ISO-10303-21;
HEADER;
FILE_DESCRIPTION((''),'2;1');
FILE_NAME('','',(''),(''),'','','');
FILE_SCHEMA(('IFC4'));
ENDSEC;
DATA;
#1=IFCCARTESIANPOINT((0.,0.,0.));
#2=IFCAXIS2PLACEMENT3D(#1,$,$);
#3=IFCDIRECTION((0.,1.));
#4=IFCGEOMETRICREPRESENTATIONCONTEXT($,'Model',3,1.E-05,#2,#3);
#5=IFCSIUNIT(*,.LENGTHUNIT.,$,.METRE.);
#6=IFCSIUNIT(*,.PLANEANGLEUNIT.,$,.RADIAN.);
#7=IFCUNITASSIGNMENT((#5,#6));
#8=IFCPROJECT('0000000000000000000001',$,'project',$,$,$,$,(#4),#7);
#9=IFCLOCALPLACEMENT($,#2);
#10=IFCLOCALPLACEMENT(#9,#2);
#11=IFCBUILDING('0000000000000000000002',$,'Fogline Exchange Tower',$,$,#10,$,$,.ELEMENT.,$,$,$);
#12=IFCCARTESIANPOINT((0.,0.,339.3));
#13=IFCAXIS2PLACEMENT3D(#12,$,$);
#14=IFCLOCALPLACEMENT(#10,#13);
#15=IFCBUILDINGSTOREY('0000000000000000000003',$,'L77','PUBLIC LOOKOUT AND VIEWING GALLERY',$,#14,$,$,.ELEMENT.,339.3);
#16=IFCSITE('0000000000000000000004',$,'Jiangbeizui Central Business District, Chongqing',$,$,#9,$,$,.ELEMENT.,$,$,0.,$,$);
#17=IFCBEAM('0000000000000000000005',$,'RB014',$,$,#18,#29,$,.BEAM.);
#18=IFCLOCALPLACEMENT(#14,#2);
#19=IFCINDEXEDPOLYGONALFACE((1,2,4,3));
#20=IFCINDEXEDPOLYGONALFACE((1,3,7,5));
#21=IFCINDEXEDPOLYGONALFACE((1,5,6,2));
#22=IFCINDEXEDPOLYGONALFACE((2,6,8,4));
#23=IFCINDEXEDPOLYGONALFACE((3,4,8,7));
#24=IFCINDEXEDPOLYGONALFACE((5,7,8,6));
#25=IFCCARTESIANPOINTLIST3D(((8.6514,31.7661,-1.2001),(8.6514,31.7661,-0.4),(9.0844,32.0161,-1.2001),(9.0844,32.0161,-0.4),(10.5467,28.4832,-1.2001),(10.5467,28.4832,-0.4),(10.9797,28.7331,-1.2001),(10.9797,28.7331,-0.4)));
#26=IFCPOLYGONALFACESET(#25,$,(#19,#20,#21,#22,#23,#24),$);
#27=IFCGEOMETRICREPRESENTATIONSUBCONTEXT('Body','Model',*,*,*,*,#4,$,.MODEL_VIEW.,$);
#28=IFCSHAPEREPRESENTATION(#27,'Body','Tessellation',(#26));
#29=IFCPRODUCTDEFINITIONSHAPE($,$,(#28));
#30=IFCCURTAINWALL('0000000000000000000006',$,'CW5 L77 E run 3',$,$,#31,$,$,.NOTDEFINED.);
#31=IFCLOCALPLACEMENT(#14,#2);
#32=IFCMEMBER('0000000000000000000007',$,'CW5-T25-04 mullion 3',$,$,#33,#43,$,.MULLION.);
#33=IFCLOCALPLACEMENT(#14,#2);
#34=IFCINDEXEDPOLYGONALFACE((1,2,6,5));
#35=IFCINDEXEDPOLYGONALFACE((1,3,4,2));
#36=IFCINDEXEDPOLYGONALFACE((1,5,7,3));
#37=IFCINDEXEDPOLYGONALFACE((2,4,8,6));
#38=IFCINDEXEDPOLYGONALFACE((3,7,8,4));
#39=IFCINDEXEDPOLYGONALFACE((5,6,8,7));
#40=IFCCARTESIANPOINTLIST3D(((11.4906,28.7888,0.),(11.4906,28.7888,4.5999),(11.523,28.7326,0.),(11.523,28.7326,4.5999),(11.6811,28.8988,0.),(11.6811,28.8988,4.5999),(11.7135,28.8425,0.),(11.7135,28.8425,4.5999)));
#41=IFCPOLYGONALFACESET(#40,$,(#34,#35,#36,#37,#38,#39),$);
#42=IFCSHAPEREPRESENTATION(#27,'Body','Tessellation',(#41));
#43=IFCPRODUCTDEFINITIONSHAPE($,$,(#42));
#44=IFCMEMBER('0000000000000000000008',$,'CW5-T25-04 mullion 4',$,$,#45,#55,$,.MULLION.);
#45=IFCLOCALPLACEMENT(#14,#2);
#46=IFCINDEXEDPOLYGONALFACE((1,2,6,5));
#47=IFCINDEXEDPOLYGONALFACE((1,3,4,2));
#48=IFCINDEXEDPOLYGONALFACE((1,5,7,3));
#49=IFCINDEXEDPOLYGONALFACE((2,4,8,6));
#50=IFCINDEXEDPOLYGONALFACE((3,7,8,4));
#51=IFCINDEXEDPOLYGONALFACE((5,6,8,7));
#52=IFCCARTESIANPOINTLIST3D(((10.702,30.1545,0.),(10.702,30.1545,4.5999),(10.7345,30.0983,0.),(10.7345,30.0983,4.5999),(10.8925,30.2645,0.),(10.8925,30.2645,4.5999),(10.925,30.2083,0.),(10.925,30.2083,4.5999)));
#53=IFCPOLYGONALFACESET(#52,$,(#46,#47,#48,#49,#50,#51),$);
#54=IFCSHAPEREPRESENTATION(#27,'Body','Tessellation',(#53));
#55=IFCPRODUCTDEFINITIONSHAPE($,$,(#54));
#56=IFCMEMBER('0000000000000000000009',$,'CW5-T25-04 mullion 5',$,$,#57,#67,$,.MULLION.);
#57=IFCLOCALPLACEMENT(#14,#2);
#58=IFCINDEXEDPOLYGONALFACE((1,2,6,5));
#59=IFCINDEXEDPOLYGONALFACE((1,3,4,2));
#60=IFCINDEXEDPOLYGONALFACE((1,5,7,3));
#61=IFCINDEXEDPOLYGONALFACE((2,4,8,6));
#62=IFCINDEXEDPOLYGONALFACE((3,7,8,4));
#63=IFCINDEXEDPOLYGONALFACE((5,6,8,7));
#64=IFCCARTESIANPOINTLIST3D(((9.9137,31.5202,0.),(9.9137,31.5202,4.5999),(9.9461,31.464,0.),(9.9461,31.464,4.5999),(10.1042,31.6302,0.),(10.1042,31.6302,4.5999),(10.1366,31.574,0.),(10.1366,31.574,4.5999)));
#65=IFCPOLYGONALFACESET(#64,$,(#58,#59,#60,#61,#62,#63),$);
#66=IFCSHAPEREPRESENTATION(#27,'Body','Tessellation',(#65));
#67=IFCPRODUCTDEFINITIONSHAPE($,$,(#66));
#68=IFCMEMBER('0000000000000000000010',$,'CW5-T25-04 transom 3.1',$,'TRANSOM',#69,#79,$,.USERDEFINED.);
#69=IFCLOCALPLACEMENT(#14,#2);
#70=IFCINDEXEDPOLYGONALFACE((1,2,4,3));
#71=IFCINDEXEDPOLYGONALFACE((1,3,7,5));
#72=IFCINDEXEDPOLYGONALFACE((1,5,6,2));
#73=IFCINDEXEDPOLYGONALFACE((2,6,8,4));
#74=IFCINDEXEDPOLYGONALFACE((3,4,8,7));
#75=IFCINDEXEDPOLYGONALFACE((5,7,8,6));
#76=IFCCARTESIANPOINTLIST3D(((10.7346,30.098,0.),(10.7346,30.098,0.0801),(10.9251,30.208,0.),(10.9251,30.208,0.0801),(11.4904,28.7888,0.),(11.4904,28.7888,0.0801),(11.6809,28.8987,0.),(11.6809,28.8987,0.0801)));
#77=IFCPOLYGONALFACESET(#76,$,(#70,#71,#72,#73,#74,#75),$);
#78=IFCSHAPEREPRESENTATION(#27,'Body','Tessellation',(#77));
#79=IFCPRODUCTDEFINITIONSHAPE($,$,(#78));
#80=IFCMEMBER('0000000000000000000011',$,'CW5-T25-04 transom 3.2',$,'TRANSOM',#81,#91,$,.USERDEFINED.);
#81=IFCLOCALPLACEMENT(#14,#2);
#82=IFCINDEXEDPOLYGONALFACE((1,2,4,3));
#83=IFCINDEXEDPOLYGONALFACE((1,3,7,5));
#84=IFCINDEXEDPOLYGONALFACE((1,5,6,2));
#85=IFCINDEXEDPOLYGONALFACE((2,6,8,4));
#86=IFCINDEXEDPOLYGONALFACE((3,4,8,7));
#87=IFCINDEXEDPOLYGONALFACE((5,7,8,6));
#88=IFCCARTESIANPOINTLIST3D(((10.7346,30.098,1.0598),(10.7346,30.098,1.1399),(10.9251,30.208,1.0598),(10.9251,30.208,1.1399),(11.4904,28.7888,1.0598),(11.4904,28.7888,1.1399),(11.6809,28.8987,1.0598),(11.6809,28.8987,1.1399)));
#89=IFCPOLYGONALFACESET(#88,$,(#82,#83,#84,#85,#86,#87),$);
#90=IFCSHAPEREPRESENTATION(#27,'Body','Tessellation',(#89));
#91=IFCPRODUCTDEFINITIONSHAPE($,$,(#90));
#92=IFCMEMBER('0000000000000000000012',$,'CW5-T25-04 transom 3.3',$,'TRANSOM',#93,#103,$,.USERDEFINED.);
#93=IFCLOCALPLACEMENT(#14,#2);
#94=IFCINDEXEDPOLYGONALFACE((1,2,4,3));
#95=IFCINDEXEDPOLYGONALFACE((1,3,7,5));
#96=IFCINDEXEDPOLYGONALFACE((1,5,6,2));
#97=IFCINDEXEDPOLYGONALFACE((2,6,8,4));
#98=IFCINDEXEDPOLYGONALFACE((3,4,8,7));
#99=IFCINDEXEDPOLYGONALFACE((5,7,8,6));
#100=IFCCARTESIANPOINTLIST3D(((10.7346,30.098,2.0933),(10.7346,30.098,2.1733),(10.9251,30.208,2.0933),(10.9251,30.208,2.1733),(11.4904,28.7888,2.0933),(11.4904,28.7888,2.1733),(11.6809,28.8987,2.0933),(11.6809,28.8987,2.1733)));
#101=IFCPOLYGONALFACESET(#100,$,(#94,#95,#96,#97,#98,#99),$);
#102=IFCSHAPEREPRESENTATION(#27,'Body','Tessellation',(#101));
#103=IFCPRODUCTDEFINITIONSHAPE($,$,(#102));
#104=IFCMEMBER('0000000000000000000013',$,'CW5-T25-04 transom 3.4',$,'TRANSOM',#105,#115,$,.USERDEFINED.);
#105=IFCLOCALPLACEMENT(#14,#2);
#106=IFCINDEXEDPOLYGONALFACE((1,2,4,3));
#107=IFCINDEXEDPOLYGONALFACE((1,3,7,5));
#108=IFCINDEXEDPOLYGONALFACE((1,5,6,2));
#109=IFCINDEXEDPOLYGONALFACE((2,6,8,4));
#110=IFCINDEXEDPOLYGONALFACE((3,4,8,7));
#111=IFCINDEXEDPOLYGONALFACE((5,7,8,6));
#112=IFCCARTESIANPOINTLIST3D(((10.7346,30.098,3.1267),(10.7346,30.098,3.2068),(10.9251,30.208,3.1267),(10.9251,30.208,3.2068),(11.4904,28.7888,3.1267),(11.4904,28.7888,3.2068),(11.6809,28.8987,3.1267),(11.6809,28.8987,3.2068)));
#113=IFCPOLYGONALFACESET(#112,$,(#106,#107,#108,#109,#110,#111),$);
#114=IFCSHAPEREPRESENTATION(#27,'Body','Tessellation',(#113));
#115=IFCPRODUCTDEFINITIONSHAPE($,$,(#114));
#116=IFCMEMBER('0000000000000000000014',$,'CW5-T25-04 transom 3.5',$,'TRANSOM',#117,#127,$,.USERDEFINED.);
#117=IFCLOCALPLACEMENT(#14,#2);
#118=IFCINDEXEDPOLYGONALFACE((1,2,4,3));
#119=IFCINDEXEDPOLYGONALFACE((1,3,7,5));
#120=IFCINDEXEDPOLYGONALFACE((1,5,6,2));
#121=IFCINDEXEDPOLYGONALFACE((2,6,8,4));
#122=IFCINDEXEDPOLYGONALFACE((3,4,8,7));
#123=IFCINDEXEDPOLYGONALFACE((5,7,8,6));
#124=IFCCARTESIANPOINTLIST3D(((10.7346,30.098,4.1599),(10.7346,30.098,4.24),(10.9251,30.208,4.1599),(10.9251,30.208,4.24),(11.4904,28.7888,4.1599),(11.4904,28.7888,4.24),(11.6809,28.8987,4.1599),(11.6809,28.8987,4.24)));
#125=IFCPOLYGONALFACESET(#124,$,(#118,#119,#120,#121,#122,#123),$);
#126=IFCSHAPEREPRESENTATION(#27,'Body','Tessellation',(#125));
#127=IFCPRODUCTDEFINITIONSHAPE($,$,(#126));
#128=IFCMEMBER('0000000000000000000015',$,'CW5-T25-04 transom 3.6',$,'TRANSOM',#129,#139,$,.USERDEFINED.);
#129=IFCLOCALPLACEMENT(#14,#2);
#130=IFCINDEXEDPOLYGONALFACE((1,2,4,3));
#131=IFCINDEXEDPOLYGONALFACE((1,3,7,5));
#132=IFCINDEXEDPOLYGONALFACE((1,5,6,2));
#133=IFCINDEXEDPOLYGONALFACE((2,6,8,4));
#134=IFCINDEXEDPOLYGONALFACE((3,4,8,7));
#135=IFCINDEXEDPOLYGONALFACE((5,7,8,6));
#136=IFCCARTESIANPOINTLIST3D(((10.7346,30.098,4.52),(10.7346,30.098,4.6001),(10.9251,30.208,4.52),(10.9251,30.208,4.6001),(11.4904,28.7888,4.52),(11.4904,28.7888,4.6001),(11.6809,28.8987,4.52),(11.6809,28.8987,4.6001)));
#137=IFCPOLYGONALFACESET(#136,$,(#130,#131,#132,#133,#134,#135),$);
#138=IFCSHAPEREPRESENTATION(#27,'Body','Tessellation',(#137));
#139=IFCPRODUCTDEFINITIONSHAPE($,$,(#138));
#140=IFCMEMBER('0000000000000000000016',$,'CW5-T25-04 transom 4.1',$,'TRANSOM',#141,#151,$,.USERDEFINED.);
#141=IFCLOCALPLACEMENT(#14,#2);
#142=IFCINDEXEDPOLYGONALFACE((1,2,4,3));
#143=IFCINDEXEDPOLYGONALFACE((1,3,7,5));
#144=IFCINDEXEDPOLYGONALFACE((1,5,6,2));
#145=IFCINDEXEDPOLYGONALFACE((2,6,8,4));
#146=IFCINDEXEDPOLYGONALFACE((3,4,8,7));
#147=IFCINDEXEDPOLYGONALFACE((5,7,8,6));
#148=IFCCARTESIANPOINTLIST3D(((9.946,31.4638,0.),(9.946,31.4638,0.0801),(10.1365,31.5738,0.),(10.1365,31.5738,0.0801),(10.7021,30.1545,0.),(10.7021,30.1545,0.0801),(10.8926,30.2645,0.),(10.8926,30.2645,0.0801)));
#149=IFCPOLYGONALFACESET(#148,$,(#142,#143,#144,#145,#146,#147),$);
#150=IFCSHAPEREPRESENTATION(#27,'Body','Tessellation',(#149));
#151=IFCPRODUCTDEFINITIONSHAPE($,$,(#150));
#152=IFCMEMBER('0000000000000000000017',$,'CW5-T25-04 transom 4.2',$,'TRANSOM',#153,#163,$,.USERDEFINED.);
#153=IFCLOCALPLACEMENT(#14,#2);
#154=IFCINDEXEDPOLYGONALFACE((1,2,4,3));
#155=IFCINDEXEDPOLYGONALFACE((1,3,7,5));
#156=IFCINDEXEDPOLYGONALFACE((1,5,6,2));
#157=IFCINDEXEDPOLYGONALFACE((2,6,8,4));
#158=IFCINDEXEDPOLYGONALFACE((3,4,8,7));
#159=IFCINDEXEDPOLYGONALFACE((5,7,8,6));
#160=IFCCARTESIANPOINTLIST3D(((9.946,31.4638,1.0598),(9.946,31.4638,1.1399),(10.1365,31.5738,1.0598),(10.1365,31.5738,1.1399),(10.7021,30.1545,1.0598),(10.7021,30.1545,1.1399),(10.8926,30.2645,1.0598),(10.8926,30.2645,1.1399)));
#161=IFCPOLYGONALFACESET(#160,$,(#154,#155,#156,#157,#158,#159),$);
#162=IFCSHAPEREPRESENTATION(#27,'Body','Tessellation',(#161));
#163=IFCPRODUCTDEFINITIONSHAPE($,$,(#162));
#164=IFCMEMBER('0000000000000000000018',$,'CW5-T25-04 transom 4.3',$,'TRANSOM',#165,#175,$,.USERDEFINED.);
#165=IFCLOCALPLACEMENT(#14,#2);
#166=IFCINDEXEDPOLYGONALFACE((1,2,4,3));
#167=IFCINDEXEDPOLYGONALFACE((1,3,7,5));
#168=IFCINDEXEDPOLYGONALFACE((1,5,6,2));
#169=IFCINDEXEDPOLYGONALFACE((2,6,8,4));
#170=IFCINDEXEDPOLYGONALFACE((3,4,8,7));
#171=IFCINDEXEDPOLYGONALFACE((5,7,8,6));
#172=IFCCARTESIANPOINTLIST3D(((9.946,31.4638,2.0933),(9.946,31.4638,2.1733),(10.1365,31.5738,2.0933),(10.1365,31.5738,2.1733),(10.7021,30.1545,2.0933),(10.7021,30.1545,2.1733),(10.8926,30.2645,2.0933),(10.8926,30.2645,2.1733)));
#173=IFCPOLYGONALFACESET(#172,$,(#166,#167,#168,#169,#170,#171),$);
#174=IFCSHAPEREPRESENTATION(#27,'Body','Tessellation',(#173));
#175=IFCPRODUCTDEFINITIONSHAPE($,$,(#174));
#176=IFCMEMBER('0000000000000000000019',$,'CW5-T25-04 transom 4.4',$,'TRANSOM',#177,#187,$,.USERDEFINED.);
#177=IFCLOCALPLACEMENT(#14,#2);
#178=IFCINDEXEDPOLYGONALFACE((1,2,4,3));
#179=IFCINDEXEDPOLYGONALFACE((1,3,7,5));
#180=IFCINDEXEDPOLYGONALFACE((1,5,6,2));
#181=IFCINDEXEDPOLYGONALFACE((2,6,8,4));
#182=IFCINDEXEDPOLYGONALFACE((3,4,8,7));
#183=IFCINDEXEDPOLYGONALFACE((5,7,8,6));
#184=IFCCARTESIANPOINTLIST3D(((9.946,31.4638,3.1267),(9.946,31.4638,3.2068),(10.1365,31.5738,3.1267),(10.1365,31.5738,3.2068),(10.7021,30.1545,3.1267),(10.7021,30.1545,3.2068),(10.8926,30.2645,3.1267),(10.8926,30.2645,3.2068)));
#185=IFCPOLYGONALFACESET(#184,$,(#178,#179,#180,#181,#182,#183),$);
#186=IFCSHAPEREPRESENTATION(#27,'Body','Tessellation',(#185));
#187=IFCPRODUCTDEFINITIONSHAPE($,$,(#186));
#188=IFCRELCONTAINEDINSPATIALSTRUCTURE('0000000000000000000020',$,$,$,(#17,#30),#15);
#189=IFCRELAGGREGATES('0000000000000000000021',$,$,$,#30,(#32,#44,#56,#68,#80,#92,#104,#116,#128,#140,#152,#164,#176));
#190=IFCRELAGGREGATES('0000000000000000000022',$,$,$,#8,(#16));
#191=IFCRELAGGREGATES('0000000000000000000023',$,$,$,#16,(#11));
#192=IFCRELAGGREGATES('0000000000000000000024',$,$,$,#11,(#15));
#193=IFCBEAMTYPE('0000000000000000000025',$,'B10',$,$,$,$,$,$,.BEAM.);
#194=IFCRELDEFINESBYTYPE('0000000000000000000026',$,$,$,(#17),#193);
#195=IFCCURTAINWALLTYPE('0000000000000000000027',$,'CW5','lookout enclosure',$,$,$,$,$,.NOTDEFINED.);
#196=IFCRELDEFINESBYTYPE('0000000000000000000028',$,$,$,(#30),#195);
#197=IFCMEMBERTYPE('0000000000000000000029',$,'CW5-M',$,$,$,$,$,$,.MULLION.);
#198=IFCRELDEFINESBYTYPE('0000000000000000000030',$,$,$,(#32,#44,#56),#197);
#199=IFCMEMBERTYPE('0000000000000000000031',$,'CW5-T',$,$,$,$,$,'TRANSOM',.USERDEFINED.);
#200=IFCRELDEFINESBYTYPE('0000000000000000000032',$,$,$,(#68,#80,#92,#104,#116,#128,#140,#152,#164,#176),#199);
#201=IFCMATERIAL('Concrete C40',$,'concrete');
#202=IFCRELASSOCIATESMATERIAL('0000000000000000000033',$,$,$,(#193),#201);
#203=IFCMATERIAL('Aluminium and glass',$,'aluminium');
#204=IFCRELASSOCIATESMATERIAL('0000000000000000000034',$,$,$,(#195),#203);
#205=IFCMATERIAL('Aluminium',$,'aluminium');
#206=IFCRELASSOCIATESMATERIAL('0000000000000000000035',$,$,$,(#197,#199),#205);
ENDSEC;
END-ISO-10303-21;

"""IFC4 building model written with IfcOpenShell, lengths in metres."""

from ifc_helpers import new_model, si_unit, direction, frame, origin, origin_2d, place, context, subcontext, project, spatial, rectangle, extrude, material, material_profile, profile_set, type_object, element, aggregate, save


model = new_model("IFC4")

# Units and contexts
model_context = context("Model", 3, precision=1e-05, world=origin(), true_north=direction((0.0, 1.0)))
body_context = subcontext(model_context, "Body", "Model", "MODEL_VIEW")
ifc_project = project(units=[si_unit("LENGTHUNIT", "METRE"), si_unit("PLANEANGLEUNIT", "RADIAN")], contexts=[model_context])

# Site, building, storey
site_placement = place(None, origin())
site = spatial("IfcSite", under=ifc_project, at=site_placement, Name="Jiangbeizui Central Business District, Chongqing", CompositionType="ELEMENT", RefElevation=0.0)
building_placement = place(site_placement, origin())
building = spatial("IfcBuilding", under=site, at=building_placement, Name="Fogline Exchange Tower", CompositionType="ELEMENT")
storey_placement = place(building_placement, frame((0.0, 0.0, 339.3)))
storey = spatial("IfcBuildingStorey", under=building, at=storey_placement, Name="L77", Description="PUBLIC LOOKOUT AND VIEWING GALLERY", CompositionType="ELEMENT", Elevation=339.3)

# Beam
ifc_material_1 = material(Name="Concrete C40", Category="concrete")
ifc_material_profile_1 = material_profile(ifc_material_1, rectangle(XDim=0.5, YDim=0.8, at=origin_2d()), Name="RC 500x800")
ifc_profile_set_1 = profile_set([ifc_material_profile_1], Name="Concrete C40")
beam_type = type_object("IfcBeamType", Name="B10", PredefinedType="BEAM", material=ifc_profile_set_1)
beam_placement = place(storey_placement, frame((10.7632, 28.6082, -0.8), z_axis=(-0.49997, 0.866043, 0.0), x_axis=(-0.866043, -0.49997, 0.0)))
element("IfcBeam", 1, at=beam_placement, inside=storey, type_object=beam_type, Name="RB014", PredefinedType="BEAM", context=body_context, shape_type="SweptSolid", body=[
    extrude(rectangle(XDim=0.5, YDim=0.8, at=origin_2d()), origin(), (0.0, 0.0, 1.0), 3.7908),
])

# Curtain wall, members
ifc_material_2 = material(Name="Aluminium and glass", Category="aluminium")
curtain_wall_type = type_object("IfcCurtainWallType", Name="CW5", Description="lookout enclosure", PredefinedType="NOTDEFINED", material=ifc_material_2)
curtain_wall_placement = place(storey_placement, origin())
curtain_wall = element("IfcCurtainWall", 2, at=curtain_wall_placement, inside=storey, type_object=curtain_wall_type, Name="CW5 L77 E run 3", PredefinedType="NOTDEFINED")
ifc_material_3 = material(Name="Aluminium", Category="aluminium")
ifc_material_profile_2 = material_profile(ifc_material_3, rectangle(XDim=0.22, YDim=0.0649, at=origin_2d()), Name="Mullion 65x220")
ifc_profile_set_2 = profile_set([ifc_material_profile_2], Name="Aluminium")
member_type_1 = type_object("IfcMemberType", Name="CW5-M", PredefinedType="MULLION", material=ifc_profile_set_2)
member_1_placement = place(storey_placement, frame((11.6021, 28.8157, 0.0), z_axis=(0.0, 0.0, 1.0), x_axis=(-0.866025, -0.5, 0.0)))
member_1 = element("IfcMember", 3, at=member_1_placement, type_object=member_type_1, Name="CW5-T25-04 mullion 3", PredefinedType="MULLION", context=body_context, shape_type="SweptSolid", body=[
    extrude(rectangle(XDim=0.22, YDim=0.0649, at=origin_2d()), origin(), (0.0, 0.0, 1.0), 4.5999),
])
member_2_placement = place(storey_placement, frame((10.8135, 30.1814, 0.0), z_axis=(0.0, 0.0, 1.0), x_axis=(-0.866025, -0.5, 0.0)))
member_2 = element("IfcMember", 4, at=member_2_placement, type_object=member_type_1, Name="CW5-T25-04 mullion 4", PredefinedType="MULLION", context=body_context, shape_type="SweptSolid", body=[
    extrude(rectangle(XDim=0.22, YDim=0.0649, at=origin_2d()), origin(), (0.0, 0.0, 1.0), 4.5999),
])
member_3_placement = place(storey_placement, frame((10.0251, 31.5471, 0.0), z_axis=(0.0, 0.0, 1.0), x_axis=(-0.866025, -0.5, 0.0)))
member_3 = element("IfcMember", 5, at=member_3_placement, type_object=member_type_1, Name="CW5-T25-04 mullion 5", PredefinedType="MULLION", context=body_context, shape_type="SweptSolid", body=[
    extrude(rectangle(XDim=0.22, YDim=0.0649, at=origin_2d()), origin(), (0.0, 0.0, 1.0), 4.5999),
])
ifc_material_profile_3 = material_profile(ifc_material_3, rectangle(XDim=0.22, YDim=0.0801, at=origin_2d()), Name="Transom 80x220")
ifc_profile_set_3 = profile_set([ifc_material_profile_3], Name="Aluminium")
member_type_2 = type_object("IfcMemberType", Name="CW5-T", ElementType="TRANSOM", PredefinedType="USERDEFINED", material=ifc_profile_set_3)
member_4_placement = place(storey_placement, frame((11.5857, 28.8438, 0.04), z_axis=(-0.49996, 0.866048, 0.0), x_axis=(-0.866048, -0.49996, 0.0)))
member_4 = element("IfcMember", 6, at=member_4_placement, type_object=member_type_2, Name="CW5-T25-04 transom 3.1", ObjectType="TRANSOM", PredefinedType="USERDEFINED", context=body_context, shape_type="SweptSolid", body=[
    extrude(rectangle(XDim=0.22, YDim=0.0801, at=origin_2d()), origin(), (0.0, 0.0, 1.0), 1.5117),
])
member_5_placement = place(storey_placement, frame((11.5857, 28.8438, 1.0999), z_axis=(-0.49996, 0.866048, 0.0), x_axis=(-0.866048, -0.49996, 0.0)))
member_5 = element("IfcMember", 7, at=member_5_placement, type_object=member_type_2, Name="CW5-T25-04 transom 3.2", ObjectType="TRANSOM", PredefinedType="USERDEFINED", context=body_context, shape_type="SweptSolid", body=[
    extrude(rectangle(XDim=0.22, YDim=0.0801, at=origin_2d()), origin(), (0.0, 0.0, 1.0), 1.5117),
])
member_6_placement = place(storey_placement, frame((11.5857, 28.8438, 2.1333), z_axis=(-0.49996, 0.866048, 0.0), x_axis=(-0.866048, -0.49996, 0.0)))
member_6 = element("IfcMember", 8, at=member_6_placement, type_object=member_type_2, Name="CW5-T25-04 transom 3.3", ObjectType="TRANSOM", PredefinedType="USERDEFINED", context=body_context, shape_type="SweptSolid", body=[
    extrude(rectangle(XDim=0.22, YDim=0.0801, at=origin_2d()), origin(), (0.0, 0.0, 1.0), 1.5117),
])
member_7_placement = place(storey_placement, frame((11.5857, 28.8438, 3.1667), z_axis=(-0.49996, 0.866048, 0.0), x_axis=(-0.866048, -0.49996, 0.0)))
member_7 = element("IfcMember", 9, at=member_7_placement, type_object=member_type_2, Name="CW5-T25-04 transom 3.4", ObjectType="TRANSOM", PredefinedType="USERDEFINED", context=body_context, shape_type="SweptSolid", body=[
    extrude(rectangle(XDim=0.22, YDim=0.0801, at=origin_2d()), origin(), (0.0, 0.0, 1.0), 1.5117),
])
member_8_placement = place(storey_placement, frame((11.5857, 28.8438, 4.2), z_axis=(-0.49996, 0.866048, 0.0), x_axis=(-0.866048, -0.49996, 0.0)))
member_8 = element("IfcMember", 10, at=member_8_placement, type_object=member_type_2, Name="CW5-T25-04 transom 3.5", ObjectType="TRANSOM", PredefinedType="USERDEFINED", context=body_context, shape_type="SweptSolid", body=[
    extrude(rectangle(XDim=0.22, YDim=0.0801, at=origin_2d()), origin(), (0.0, 0.0, 1.0), 1.5117),
])
member_9_placement = place(storey_placement, frame((11.5857, 28.8438, 4.5601), z_axis=(-0.49996, 0.866048, 0.0), x_axis=(-0.866048, -0.49996, 0.0)))
member_9 = element("IfcMember", 11, at=member_9_placement, type_object=member_type_2, Name="CW5-T25-04 transom 3.6", ObjectType="TRANSOM", PredefinedType="USERDEFINED", context=body_context, shape_type="SweptSolid", body=[
    extrude(rectangle(XDim=0.22, YDim=0.0801, at=origin_2d()), origin(), (0.0, 0.0, 1.0), 1.5117),
])
member_10_placement = place(storey_placement, frame((10.7974, 30.2095, 0.04), z_axis=(-0.500081, 0.865979, 0.0), x_axis=(-0.865979, -0.500081, 0.0)))
member_10 = element("IfcMember", 12, at=member_10_placement, type_object=member_type_2, Name="CW5-T25-04 transom 4.1", ObjectType="TRANSOM", PredefinedType="USERDEFINED", context=body_context, shape_type="SweptSolid", body=[
    extrude(rectangle(XDim=0.22, YDim=0.0801, at=origin_2d()), origin(), (0.0, 0.0, 1.0), 1.512),
])
member_11_placement = place(storey_placement, frame((10.7974, 30.2095, 1.0999), z_axis=(-0.500081, 0.865979, 0.0), x_axis=(-0.865979, -0.500081, 0.0)))
member_11 = element("IfcMember", 13, at=member_11_placement, type_object=member_type_2, Name="CW5-T25-04 transom 4.2", ObjectType="TRANSOM", PredefinedType="USERDEFINED", context=body_context, shape_type="SweptSolid", body=[
    extrude(rectangle(XDim=0.22, YDim=0.0801, at=origin_2d()), origin(), (0.0, 0.0, 1.0), 1.512),
])
member_12_placement = place(storey_placement, frame((10.7974, 30.2095, 2.1333), z_axis=(-0.500081, 0.865979, 0.0), x_axis=(-0.865979, -0.500081, 0.0)))
member_12 = element("IfcMember", 14, at=member_12_placement, type_object=member_type_2, Name="CW5-T25-04 transom 4.3", ObjectType="TRANSOM", PredefinedType="USERDEFINED", context=body_context, shape_type="SweptSolid", body=[
    extrude(rectangle(XDim=0.22, YDim=0.0801, at=origin_2d()), origin(), (0.0, 0.0, 1.0), 1.512),
])
member_13_placement = place(storey_placement, frame((10.7974, 30.2095, 3.1667), z_axis=(-0.500081, 0.865979, 0.0), x_axis=(-0.865979, -0.500081, 0.0)))
member_13 = element("IfcMember", 15, at=member_13_placement, type_object=member_type_2, Name="CW5-T25-04 transom 4.4", ObjectType="TRANSOM", PredefinedType="USERDEFINED", context=body_context, shape_type="SweptSolid", body=[
    extrude(rectangle(XDim=0.22, YDim=0.0801, at=origin_2d()), origin(), (0.0, 0.0, 1.0), 1.512),
])
aggregate(curtain_wall, [member_1, member_2, member_3, member_4, member_5, member_6, member_7, member_8, member_9, member_10, member_11, member_12, member_13])

save(model, "model.ifc")
